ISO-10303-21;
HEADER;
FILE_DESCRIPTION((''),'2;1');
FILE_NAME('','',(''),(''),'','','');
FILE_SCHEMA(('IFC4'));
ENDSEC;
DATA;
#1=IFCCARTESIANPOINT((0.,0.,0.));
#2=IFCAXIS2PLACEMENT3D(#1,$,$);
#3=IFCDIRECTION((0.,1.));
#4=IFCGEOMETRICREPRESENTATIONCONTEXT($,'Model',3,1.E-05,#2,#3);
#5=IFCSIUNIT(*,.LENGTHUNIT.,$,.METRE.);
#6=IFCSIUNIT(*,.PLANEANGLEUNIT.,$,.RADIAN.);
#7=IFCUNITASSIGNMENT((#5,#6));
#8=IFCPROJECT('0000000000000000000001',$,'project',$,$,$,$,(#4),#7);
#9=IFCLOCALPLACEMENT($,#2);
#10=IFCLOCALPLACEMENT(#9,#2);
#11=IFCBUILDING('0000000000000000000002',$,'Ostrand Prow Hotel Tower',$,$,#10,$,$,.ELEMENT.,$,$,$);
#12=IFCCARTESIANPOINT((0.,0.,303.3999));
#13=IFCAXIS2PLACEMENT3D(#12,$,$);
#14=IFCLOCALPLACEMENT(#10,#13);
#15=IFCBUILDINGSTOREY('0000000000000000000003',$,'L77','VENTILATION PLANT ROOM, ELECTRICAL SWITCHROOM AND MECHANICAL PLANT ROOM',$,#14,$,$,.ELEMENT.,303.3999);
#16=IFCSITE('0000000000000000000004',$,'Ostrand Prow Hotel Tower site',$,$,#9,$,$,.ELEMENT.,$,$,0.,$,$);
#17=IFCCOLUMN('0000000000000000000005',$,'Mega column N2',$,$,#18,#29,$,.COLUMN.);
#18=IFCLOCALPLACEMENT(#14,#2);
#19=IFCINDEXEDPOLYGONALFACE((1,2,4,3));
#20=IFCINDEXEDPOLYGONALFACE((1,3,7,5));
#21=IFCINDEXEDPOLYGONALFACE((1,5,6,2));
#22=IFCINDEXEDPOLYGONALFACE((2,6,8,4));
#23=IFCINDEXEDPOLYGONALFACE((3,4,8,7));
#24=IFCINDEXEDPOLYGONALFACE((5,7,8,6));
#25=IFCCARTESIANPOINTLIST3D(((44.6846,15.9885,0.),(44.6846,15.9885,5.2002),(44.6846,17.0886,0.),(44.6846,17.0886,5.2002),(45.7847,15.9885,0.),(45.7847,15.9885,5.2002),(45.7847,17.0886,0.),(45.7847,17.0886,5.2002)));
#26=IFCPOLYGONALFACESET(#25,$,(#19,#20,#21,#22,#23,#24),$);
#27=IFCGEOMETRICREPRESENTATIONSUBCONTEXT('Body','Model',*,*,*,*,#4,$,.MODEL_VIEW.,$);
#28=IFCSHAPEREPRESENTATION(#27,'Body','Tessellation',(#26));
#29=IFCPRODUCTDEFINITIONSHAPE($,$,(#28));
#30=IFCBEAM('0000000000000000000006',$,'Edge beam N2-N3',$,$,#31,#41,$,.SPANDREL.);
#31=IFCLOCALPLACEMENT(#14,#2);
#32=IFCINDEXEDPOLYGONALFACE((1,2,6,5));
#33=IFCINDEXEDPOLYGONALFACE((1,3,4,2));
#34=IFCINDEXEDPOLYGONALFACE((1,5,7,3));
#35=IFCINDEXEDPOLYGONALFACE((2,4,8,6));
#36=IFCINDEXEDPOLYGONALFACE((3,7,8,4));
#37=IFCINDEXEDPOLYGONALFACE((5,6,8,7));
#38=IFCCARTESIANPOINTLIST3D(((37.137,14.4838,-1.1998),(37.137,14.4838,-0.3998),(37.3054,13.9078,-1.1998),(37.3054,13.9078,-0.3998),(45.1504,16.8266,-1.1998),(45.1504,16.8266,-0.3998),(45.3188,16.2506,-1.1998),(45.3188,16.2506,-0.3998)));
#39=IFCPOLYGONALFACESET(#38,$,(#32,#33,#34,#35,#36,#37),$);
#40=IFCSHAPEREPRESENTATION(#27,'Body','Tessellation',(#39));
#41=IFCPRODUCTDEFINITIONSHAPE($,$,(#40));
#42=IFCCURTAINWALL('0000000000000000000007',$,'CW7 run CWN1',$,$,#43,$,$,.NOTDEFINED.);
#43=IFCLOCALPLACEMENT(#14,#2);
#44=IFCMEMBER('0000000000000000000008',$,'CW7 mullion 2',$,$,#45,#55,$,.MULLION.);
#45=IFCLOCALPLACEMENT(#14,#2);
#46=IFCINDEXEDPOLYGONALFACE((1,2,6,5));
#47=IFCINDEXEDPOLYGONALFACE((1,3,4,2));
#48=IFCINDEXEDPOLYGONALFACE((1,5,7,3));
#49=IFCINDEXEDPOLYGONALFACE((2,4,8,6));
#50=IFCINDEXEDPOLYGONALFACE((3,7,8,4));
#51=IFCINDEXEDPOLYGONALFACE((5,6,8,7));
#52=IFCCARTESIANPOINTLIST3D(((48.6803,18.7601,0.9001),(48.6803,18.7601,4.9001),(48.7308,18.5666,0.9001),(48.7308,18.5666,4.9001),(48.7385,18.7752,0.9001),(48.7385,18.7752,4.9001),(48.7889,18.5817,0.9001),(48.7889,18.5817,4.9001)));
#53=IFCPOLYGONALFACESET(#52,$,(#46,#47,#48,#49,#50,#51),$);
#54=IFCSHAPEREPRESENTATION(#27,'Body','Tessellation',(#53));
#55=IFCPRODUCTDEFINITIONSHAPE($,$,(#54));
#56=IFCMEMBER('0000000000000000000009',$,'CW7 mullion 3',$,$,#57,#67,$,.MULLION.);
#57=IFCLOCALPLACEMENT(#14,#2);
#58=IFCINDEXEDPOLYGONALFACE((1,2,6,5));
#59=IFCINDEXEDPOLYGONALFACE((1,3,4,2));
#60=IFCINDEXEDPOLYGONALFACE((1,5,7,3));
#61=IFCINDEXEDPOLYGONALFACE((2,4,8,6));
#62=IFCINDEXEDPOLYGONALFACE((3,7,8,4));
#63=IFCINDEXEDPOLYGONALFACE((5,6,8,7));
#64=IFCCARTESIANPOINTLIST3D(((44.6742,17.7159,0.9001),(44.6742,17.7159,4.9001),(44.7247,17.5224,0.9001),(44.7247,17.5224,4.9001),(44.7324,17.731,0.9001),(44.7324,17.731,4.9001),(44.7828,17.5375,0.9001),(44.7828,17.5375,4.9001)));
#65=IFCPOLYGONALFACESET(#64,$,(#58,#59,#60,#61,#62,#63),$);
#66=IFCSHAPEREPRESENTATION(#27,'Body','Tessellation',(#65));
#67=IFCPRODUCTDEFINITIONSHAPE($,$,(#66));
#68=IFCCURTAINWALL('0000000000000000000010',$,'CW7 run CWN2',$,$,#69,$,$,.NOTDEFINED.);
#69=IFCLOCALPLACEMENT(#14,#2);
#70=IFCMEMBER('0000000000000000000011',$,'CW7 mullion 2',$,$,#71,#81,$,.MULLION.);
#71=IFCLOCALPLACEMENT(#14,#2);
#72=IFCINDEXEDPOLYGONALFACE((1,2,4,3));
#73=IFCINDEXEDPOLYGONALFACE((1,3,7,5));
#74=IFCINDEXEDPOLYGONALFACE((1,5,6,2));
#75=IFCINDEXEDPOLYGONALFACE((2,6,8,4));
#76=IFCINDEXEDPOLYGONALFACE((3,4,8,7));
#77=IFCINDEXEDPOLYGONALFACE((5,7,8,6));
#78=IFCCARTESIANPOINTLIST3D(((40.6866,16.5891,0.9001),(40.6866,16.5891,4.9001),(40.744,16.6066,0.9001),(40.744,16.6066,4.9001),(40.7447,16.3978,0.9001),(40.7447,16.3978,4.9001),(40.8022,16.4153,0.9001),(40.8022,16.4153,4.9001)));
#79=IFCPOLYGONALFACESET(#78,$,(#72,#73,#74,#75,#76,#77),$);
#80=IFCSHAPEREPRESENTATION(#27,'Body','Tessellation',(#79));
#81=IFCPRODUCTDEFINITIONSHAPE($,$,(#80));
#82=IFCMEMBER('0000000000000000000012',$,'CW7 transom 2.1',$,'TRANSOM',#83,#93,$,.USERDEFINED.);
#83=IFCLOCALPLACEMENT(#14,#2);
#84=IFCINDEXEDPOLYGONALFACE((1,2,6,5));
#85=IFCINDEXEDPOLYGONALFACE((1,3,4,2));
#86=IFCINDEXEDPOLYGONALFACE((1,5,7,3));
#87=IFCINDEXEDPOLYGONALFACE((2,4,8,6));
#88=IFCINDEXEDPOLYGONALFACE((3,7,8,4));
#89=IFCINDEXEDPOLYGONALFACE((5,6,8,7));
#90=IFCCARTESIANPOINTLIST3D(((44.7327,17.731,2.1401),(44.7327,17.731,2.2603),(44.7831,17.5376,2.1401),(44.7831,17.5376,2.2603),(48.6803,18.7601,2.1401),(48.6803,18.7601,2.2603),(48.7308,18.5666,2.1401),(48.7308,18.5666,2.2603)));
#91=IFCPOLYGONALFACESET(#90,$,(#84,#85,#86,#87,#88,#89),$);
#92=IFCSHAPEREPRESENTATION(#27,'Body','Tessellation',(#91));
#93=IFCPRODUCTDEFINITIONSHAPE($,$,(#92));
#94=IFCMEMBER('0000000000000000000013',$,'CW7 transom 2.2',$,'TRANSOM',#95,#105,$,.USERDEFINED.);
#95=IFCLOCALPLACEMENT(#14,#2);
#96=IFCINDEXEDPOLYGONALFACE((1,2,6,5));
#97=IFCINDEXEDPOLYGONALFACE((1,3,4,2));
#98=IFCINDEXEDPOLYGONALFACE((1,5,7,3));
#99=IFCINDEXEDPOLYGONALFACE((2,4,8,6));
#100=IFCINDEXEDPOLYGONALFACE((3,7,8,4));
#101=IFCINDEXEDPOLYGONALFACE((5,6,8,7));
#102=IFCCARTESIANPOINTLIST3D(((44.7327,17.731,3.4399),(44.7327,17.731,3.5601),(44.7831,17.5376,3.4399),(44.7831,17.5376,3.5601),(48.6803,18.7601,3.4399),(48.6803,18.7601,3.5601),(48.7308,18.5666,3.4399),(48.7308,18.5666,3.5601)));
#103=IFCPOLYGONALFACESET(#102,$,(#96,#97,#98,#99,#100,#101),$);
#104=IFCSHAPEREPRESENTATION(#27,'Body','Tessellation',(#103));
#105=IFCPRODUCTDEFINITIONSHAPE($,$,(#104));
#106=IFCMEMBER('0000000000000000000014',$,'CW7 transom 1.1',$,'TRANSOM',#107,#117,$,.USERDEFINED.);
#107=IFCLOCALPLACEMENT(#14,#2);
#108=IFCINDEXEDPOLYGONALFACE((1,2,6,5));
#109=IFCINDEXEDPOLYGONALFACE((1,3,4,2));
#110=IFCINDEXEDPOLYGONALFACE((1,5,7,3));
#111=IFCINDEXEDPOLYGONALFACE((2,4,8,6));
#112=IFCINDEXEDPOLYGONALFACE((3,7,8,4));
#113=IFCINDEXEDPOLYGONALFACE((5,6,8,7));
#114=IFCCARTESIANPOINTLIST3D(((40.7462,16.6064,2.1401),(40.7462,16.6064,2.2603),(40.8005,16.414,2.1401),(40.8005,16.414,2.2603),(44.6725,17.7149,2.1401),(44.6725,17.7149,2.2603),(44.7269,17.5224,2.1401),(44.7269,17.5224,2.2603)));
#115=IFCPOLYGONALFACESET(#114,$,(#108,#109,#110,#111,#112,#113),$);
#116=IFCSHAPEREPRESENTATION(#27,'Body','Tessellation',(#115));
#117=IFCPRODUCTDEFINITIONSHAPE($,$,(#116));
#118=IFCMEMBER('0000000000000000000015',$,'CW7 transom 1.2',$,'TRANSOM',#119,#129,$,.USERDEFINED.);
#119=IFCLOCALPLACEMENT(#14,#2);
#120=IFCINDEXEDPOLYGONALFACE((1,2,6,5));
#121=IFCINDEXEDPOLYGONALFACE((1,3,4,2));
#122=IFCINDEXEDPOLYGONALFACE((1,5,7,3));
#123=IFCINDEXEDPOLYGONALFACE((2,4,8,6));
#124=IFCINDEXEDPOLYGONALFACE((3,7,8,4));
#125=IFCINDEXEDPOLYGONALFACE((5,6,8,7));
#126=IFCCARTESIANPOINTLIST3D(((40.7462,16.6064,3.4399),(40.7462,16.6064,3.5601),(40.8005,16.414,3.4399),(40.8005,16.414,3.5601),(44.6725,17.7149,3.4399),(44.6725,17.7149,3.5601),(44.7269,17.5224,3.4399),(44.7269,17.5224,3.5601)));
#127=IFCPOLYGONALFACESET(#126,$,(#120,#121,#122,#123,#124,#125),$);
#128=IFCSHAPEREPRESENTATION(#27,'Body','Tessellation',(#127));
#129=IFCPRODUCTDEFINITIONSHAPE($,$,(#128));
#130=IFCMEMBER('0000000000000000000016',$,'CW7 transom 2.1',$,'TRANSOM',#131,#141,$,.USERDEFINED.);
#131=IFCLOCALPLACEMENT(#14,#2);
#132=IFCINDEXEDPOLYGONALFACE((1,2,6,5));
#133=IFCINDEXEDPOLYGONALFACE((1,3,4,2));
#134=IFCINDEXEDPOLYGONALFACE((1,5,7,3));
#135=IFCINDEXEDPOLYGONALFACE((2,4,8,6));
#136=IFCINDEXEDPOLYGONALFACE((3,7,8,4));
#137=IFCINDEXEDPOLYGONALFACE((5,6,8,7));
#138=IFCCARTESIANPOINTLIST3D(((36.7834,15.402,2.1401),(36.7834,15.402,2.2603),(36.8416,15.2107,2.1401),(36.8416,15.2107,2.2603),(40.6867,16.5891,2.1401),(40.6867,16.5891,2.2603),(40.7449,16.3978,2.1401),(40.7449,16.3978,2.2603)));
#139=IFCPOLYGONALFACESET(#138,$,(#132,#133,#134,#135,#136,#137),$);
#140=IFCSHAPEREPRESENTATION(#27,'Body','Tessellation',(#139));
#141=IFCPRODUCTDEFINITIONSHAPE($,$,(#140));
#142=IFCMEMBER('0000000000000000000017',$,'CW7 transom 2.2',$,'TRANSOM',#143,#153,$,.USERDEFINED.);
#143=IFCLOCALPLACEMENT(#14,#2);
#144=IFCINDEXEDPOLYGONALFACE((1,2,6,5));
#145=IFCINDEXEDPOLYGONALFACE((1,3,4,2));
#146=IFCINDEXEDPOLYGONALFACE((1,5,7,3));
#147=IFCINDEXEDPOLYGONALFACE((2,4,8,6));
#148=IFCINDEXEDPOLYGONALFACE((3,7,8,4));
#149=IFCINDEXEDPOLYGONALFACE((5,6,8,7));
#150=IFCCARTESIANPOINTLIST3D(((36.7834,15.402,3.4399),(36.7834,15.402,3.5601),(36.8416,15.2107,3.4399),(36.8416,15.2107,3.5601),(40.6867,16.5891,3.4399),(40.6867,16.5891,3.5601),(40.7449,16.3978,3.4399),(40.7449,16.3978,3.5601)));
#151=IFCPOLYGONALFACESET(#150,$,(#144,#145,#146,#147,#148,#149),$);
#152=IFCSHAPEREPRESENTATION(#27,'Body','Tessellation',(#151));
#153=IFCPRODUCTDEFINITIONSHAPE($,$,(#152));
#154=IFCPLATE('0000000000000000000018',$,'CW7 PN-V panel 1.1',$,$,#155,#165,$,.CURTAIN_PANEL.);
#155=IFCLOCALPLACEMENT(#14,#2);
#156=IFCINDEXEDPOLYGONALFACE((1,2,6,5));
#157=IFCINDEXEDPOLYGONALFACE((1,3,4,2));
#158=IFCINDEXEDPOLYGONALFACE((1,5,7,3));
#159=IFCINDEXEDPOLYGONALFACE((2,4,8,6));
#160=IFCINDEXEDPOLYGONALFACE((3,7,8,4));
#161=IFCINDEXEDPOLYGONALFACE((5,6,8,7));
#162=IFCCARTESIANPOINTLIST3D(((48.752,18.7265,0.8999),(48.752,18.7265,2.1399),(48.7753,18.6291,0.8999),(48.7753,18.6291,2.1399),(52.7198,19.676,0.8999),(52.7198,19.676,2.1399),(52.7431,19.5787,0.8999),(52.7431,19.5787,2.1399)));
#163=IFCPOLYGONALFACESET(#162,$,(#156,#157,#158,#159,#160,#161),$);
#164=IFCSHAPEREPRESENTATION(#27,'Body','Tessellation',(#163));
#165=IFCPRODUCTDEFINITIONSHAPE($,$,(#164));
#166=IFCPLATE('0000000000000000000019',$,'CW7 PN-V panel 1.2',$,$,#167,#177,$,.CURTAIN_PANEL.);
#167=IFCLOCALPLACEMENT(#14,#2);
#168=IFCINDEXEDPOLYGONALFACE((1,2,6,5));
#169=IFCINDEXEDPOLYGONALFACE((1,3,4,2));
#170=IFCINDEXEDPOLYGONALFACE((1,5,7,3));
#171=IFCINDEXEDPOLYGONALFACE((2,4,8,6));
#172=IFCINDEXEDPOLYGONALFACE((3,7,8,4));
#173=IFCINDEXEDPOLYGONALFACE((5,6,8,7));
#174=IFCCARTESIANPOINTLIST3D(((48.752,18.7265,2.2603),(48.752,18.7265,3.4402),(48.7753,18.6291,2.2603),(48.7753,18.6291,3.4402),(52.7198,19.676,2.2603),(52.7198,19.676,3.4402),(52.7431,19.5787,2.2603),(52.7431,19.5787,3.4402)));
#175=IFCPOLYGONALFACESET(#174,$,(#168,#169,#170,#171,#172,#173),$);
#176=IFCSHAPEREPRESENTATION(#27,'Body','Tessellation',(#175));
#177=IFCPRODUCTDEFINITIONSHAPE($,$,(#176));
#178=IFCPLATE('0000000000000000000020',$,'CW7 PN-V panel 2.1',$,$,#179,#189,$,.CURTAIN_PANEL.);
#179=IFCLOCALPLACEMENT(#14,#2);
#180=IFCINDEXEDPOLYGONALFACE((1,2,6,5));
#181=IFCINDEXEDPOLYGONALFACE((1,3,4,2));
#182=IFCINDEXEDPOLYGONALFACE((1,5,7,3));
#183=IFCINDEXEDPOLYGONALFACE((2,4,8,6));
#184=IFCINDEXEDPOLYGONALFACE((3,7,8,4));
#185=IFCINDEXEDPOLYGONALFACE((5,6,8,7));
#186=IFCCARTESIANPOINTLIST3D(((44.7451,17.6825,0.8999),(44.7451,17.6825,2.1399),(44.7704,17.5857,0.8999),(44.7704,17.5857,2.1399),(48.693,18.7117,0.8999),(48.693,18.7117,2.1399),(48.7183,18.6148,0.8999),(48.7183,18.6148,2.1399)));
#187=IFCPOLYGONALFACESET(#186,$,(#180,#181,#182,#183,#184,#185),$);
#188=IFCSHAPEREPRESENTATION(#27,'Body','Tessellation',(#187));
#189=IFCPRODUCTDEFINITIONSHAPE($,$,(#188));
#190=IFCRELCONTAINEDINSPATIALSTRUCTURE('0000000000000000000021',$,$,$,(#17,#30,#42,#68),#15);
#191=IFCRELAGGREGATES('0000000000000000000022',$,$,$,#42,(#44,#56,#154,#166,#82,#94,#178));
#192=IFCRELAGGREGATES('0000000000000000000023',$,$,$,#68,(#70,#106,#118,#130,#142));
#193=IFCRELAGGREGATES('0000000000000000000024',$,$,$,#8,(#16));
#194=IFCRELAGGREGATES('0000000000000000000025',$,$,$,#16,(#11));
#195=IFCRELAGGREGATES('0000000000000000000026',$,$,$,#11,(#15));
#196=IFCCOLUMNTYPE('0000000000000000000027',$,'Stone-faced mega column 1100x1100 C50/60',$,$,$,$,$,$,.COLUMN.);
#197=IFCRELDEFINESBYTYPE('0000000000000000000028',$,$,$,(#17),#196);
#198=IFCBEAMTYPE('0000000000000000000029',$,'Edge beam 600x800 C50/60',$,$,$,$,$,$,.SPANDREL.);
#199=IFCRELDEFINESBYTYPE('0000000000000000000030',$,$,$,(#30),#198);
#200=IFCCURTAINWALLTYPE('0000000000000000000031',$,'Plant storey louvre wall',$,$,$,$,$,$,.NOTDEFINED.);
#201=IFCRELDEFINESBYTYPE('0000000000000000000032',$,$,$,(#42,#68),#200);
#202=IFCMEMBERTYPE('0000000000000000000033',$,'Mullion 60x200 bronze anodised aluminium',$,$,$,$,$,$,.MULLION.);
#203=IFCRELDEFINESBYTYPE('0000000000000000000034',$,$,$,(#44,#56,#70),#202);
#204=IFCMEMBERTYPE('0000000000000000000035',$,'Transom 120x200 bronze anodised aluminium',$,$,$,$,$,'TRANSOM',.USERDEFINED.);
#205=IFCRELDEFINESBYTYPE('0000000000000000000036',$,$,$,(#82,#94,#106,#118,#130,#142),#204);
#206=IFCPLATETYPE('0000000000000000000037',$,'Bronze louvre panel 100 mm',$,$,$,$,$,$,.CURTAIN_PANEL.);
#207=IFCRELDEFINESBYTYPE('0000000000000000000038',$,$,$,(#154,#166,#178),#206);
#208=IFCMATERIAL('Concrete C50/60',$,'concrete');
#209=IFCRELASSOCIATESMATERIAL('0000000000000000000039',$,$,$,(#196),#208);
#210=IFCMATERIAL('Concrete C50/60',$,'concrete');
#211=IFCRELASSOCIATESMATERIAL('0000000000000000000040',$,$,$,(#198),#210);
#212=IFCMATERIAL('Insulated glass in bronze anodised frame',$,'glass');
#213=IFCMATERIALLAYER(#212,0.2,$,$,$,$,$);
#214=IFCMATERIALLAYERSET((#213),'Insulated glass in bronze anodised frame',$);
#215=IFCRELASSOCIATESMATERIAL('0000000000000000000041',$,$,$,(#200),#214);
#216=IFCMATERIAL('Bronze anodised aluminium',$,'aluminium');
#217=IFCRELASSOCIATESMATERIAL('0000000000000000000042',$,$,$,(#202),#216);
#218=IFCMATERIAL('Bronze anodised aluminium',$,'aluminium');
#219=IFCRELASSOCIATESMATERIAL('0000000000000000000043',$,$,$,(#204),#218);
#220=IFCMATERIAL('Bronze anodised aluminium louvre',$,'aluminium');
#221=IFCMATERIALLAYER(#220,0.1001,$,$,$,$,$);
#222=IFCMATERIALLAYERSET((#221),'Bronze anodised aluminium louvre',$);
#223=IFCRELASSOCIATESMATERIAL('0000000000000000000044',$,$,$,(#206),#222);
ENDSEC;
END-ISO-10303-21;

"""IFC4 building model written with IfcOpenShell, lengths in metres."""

from ifc_helpers import new_model, si_unit, direction, frame, origin, origin_2d, place, context, subcontext, project, spatial, rectangle, extrude, material, layer, layer_set, material_profile, profile_set, type_object, element, aggregate, save


model = new_model("IFC4")

# Units and contexts
model_context = context("Model", 3, precision=1e-05, world=origin(), true_north=direction((0.0, 1.0)))
body_context = subcontext(model_context, "Body", "Model", "MODEL_VIEW")
ifc_project = project(units=[si_unit("LENGTHUNIT", "METRE"), si_unit("PLANEANGLEUNIT", "RADIAN")], contexts=[model_context])

# Site, building, storey
site_placement = place(None, origin())
site = spatial("IfcSite", under=ifc_project, at=site_placement, Name="Ostrand Prow Hotel Tower site", CompositionType="ELEMENT", RefElevation=0.0)
building_placement = place(site_placement, origin())
building = spatial("IfcBuilding", under=site, at=building_placement, Name="Ostrand Prow Hotel Tower", CompositionType="ELEMENT")
storey_placement = place(building_placement, frame((0.0, 0.0, 303.3999)))
storey = spatial("IfcBuildingStorey", under=building, at=storey_placement, Name="L77", Description="VENTILATION PLANT ROOM, ELECTRICAL SWITCHROOM AND MECHANICAL PLANT ROOM", CompositionType="ELEMENT", Elevation=303.3999)

# Column
ifc_material_1 = material(Name="Concrete C50/60", Category="concrete")
ifc_material_profile_1 = material_profile(ifc_material_1, rectangle(XDim=1.1001, YDim=1.1001, at=origin_2d()), Name="RC 1100x1100")
ifc_profile_set_1 = profile_set([ifc_material_profile_1], Name="Concrete C50/60")
column_type = type_object("IfcColumnType", Name="Stone-faced mega column 1100x1100 C50/60", PredefinedType="COLUMN", material=ifc_profile_set_1)
column_placement = place(storey_placement, frame((45.2346, 16.5386, 0.0), z_axis=(0.0, 0.0, 1.0), x_axis=(1.0, 0.0, 0.0)))
element("IfcColumn", 1, at=column_placement, inside=storey, type_object=column_type, Name="Mega column N2", PredefinedType="COLUMN", context=body_context, shape_type="SweptSolid", body=[
    extrude(rectangle(XDim=1.1001, YDim=1.1001, at=origin_2d()), origin(), (0.0, 0.0, 1.0), 5.2002),
])

# Beam
ifc_material_2 = material(Name="Concrete C50/60", Category="concrete")
ifc_material_profile_2 = material_profile(ifc_material_2, rectangle(XDim=0.6001, YDim=0.8, at=origin_2d()), Name="RC 600x800")
ifc_profile_set_2 = profile_set([ifc_material_profile_2], Name="Concrete C50/60")
beam_type = type_object("IfcBeamType", Name="Edge beam 600x800 C50/60", PredefinedType="SPANDREL", material=ifc_profile_set_2)
beam_placement = place(storey_placement, frame((45.2346, 16.5386, -0.7998), z_axis=(-0.959822, -0.28061, 0.0), x_axis=(0.28061, -0.959822, 0.0)))
element("IfcBeam", 2, at=beam_placement, inside=storey, type_object=beam_type, Name="Edge beam N2-N3", PredefinedType="SPANDREL", context=body_context, shape_type="SweptSolid", body=[
    extrude(rectangle(XDim=0.6001, YDim=0.8, at=origin_2d()), origin(), (0.0, 0.0, 1.0), 8.3489),
])

# Curtain wall, members
ifc_material_3 = material(Name="Insulated glass in bronze anodised frame", Category="glass")
ifc_layer_1 = layer(ifc_material_3, 0.2)
ifc_layer_set_1 = layer_set([ifc_layer_1], Name="Insulated glass in bronze anodised frame")
curtain_wall_type = type_object("IfcCurtainWallType", Name="Plant storey louvre wall", PredefinedType="NOTDEFINED", material=ifc_layer_set_1)
curtain_wall_1_placement = place(storey_placement, origin())
curtain_wall_1 = element("IfcCurtainWall", 3, at=curtain_wall_1_placement, inside=storey, type_object=curtain_wall_type, Name="CW7 run CWN1", PredefinedType="NOTDEFINED")
ifc_material_4 = material(Name="Bronze anodised aluminium", Category="aluminium")
ifc_material_profile_3 = material_profile(ifc_material_4, rectangle(XDim=0.2, YDim=0.0601, at=origin_2d()), Name="Mullion 60x200 bronze anodised aluminium")
ifc_profile_set_3 = profile_set([ifc_material_profile_3], Name="Bronze anodised aluminium")
member_type_1 = type_object("IfcMemberType", Name="Mullion 60x200 bronze anodised aluminium", PredefinedType="MULLION", material=ifc_profile_set_3)
member_1_placement = place(storey_placement, frame((48.7346, 18.6709, 0.9001), z_axis=(0.0, 0.0, 1.0), x_axis=(0.252248, -0.967663, 0.0)))
member_1 = element("IfcMember", 4, at=member_1_placement, type_object=member_type_1, Name="CW7 mullion 2", PredefinedType="MULLION", context=body_context, shape_type="SweptSolid", body=[
    extrude(rectangle(XDim=0.2, YDim=0.0601, at=origin_2d()), origin(), (0.0, 0.0, 1.0), 4.0),
])
member_2_placement = place(storey_placement, frame((44.7285, 17.6267, 0.9001), z_axis=(0.0, 0.0, 1.0), x_axis=(0.252248, -0.967663, 0.0)))
member_2 = element("IfcMember", 5, at=member_2_placement, type_object=member_type_1, Name="CW7 mullion 3", PredefinedType="MULLION", context=body_context, shape_type="SweptSolid", body=[
    extrude(rectangle(XDim=0.2, YDim=0.0601, at=origin_2d()), origin(), (0.0, 0.0, 1.0), 4.0),
])

# Curtain wall, member
curtain_wall_2_placement = place(storey_placement, origin())
curtain_wall_2 = element("IfcCurtainWall", 6, at=curtain_wall_2_placement, inside=storey, type_object=curtain_wall_type, Name="CW7 run CWN2", PredefinedType="NOTDEFINED")
member_3_placement = place(storey_placement, frame((40.7444, 16.5022, 0.9001), z_axis=(0.0, 0.0, 1.0), x_axis=(0.290938, -0.956742, 0.0)))
member_3 = element("IfcMember", 7, at=member_3_placement, type_object=member_type_1, Name="CW7 mullion 2", PredefinedType="MULLION", context=body_context, shape_type="SweptSolid", body=[
    extrude(rectangle(XDim=0.2, YDim=0.0601, at=origin_2d()), origin(), (0.0, 0.0, 1.0), 4.0),
])

# Members
ifc_material_5 = material(Name="Bronze anodised aluminium", Category="aluminium")
ifc_material_profile_4 = material_profile(ifc_material_5, rectangle(XDim=0.2, YDim=0.1201, at=origin_2d()), Name="Transom 120x200 bronze anodised aluminium")
ifc_profile_set_4 = profile_set([ifc_material_profile_4], Name="Bronze anodised aluminium")
member_type_2 = type_object("IfcMemberType", Name="Transom 120x200 bronze anodised aluminium", ElementType="TRANSOM", PredefinedType="USERDEFINED", material=ifc_profile_set_4)
member_4_placement = place(storey_placement, frame((48.7056, 18.6633, 2.2002), z_axis=(-0.967665, -0.252239, 0.0), x_axis=(0.252239, -0.967665, 0.0)))
member_4 = element("IfcMember", 8, at=member_4_placement, type_object=member_type_2, Name="CW7 transom 2.1", ObjectType="TRANSOM", PredefinedType="USERDEFINED", context=body_context, shape_type="SweptSolid", body=[
    extrude(rectangle(XDim=0.2, YDim=0.1201, at=origin_2d()), origin(), (0.0, 0.0, 1.0), 4.0796),
])
member_5_placement = place(storey_placement, frame((48.7056, 18.6633, 3.5), z_axis=(-0.967665, -0.252239, 0.0), x_axis=(0.252239, -0.967665, 0.0)))
member_5 = element("IfcMember", 9, at=member_5_placement, type_object=member_type_2, Name="CW7 transom 2.2", ObjectType="TRANSOM", PredefinedType="USERDEFINED", context=body_context, shape_type="SweptSolid", body=[
    extrude(rectangle(XDim=0.2, YDim=0.1201, at=origin_2d()), origin(), (0.0, 0.0, 1.0), 4.0796),
])
member_6_placement = place(storey_placement, frame((44.6997, 17.6187, 2.2002), z_axis=(-0.962386, -0.271685, 0.0), x_axis=(0.271685, -0.962386, 0.0)))
member_6 = element("IfcMember", 10, at=member_6_placement, type_object=member_type_2, Name="CW7 transom 1.1", ObjectType="TRANSOM", PredefinedType="USERDEFINED", context=body_context, shape_type="SweptSolid", body=[
    extrude(rectangle(XDim=0.2, YDim=0.1201, at=origin_2d()), origin(), (0.0, 0.0, 1.0), 4.0798),
])
member_7_placement = place(storey_placement, frame((44.6997, 17.6187, 3.5), z_axis=(-0.962386, -0.271685, 0.0), x_axis=(0.271685, -0.962386, 0.0)))
member_7 = element("IfcMember", 11, at=member_7_placement, type_object=member_type_2, Name="CW7 transom 1.2", ObjectType="TRANSOM", PredefinedType="USERDEFINED", context=body_context, shape_type="SweptSolid", body=[
    extrude(rectangle(XDim=0.2, YDim=0.1201, at=origin_2d()), origin(), (0.0, 0.0, 1.0), 4.0798),
])
member_8_placement = place(storey_placement, frame((40.7158, 16.4934, 2.2002), z_axis=(-0.956739, -0.290947, 0.0), x_axis=(0.290947, -0.956739, 0.0)))
member_8 = element("IfcMember", 12, at=member_8_placement, type_object=member_type_2, Name="CW7 transom 2.1", ObjectType="TRANSOM", PredefinedType="USERDEFINED", context=body_context, shape_type="SweptSolid", body=[
    extrude(rectangle(XDim=0.2, YDim=0.1201, at=origin_2d()), origin(), (0.0, 0.0, 1.0), 4.0798),
])
member_9_placement = place(storey_placement, frame((40.7158, 16.4934, 3.5), z_axis=(-0.956739, -0.290947, 0.0), x_axis=(0.290947, -0.956739, 0.0)))
member_9 = element("IfcMember", 13, at=member_9_placement, type_object=member_type_2, Name="CW7 transom 2.2", ObjectType="TRANSOM", PredefinedType="USERDEFINED", context=body_context, shape_type="SweptSolid", body=[
    extrude(rectangle(XDim=0.2, YDim=0.1201, at=origin_2d()), origin(), (0.0, 0.0, 1.0), 4.0798),
])

# Plates
ifc_material_6 = material(Name="Bronze anodised aluminium louvre", Category="aluminium")
ifc_layer_2 = layer(ifc_material_6, 0.1001)
ifc_layer_set_2 = layer_set([ifc_layer_2], Name="Bronze anodised aluminium louvre")
plate_type = type_object("IfcPlateType", Name="Bronze louvre panel 100 mm", PredefinedType="CURTAIN_PANEL", material=ifc_layer_set_2)
plate_1_placement = place(storey_placement, frame((50.7476, 19.1526, 0.8999), z_axis=(0.0, 0.0, 1.0), x_axis=(-0.972538, -0.232746, 0.0)))
plate_1 = element("IfcPlate", 14, at=plate_1_placement, type_object=plate_type, Name="CW7 PN-V panel 1.1", PredefinedType="CURTAIN_PANEL", context=body_context, shape_type="SweptSolid", body=[
    extrude(rectangle(XDim=4.0798, YDim=0.1001, at=origin_2d()), origin(), (0.0, 0.0, 1.0), 1.24),
])
plate_2_placement = place(storey_placement, frame((50.7476, 19.1526, 2.2603), z_axis=(0.0, 0.0, 1.0), x_axis=(-0.972538, -0.232746, 0.0)))
plate_2 = element("IfcPlate", 15, at=plate_2_placement, type_object=plate_type, Name="CW7 PN-V panel 1.2", PredefinedType="CURTAIN_PANEL", context=body_context, shape_type="SweptSolid", body=[
    extrude(rectangle(XDim=4.0798, YDim=0.1001, at=origin_2d()), origin(), (0.0, 0.0, 1.0), 1.1799),
])
plate_3_placement = place(storey_placement, frame((46.7317, 18.1487, 0.8999), z_axis=(0.0, 0.0, 1.0), x_axis=(-0.967663, -0.252248, 0.0)))
plate_3 = element("IfcPlate", 16, at=plate_3_placement, type_object=plate_type, Name="CW7 PN-V panel 2.1", PredefinedType="CURTAIN_PANEL", context=body_context, shape_type="SweptSolid", body=[
    extrude(rectangle(XDim=4.0798, YDim=0.1001, at=origin_2d()), origin(), (0.0, 0.0, 1.0), 1.24),
])
aggregate(curtain_wall_1, [member_1, member_2, plate_1, plate_2, member_4, member_5, plate_3])
aggregate(curtain_wall_2, [member_3, member_6, member_7, member_8, member_9])

save(model, "model.ifc")
